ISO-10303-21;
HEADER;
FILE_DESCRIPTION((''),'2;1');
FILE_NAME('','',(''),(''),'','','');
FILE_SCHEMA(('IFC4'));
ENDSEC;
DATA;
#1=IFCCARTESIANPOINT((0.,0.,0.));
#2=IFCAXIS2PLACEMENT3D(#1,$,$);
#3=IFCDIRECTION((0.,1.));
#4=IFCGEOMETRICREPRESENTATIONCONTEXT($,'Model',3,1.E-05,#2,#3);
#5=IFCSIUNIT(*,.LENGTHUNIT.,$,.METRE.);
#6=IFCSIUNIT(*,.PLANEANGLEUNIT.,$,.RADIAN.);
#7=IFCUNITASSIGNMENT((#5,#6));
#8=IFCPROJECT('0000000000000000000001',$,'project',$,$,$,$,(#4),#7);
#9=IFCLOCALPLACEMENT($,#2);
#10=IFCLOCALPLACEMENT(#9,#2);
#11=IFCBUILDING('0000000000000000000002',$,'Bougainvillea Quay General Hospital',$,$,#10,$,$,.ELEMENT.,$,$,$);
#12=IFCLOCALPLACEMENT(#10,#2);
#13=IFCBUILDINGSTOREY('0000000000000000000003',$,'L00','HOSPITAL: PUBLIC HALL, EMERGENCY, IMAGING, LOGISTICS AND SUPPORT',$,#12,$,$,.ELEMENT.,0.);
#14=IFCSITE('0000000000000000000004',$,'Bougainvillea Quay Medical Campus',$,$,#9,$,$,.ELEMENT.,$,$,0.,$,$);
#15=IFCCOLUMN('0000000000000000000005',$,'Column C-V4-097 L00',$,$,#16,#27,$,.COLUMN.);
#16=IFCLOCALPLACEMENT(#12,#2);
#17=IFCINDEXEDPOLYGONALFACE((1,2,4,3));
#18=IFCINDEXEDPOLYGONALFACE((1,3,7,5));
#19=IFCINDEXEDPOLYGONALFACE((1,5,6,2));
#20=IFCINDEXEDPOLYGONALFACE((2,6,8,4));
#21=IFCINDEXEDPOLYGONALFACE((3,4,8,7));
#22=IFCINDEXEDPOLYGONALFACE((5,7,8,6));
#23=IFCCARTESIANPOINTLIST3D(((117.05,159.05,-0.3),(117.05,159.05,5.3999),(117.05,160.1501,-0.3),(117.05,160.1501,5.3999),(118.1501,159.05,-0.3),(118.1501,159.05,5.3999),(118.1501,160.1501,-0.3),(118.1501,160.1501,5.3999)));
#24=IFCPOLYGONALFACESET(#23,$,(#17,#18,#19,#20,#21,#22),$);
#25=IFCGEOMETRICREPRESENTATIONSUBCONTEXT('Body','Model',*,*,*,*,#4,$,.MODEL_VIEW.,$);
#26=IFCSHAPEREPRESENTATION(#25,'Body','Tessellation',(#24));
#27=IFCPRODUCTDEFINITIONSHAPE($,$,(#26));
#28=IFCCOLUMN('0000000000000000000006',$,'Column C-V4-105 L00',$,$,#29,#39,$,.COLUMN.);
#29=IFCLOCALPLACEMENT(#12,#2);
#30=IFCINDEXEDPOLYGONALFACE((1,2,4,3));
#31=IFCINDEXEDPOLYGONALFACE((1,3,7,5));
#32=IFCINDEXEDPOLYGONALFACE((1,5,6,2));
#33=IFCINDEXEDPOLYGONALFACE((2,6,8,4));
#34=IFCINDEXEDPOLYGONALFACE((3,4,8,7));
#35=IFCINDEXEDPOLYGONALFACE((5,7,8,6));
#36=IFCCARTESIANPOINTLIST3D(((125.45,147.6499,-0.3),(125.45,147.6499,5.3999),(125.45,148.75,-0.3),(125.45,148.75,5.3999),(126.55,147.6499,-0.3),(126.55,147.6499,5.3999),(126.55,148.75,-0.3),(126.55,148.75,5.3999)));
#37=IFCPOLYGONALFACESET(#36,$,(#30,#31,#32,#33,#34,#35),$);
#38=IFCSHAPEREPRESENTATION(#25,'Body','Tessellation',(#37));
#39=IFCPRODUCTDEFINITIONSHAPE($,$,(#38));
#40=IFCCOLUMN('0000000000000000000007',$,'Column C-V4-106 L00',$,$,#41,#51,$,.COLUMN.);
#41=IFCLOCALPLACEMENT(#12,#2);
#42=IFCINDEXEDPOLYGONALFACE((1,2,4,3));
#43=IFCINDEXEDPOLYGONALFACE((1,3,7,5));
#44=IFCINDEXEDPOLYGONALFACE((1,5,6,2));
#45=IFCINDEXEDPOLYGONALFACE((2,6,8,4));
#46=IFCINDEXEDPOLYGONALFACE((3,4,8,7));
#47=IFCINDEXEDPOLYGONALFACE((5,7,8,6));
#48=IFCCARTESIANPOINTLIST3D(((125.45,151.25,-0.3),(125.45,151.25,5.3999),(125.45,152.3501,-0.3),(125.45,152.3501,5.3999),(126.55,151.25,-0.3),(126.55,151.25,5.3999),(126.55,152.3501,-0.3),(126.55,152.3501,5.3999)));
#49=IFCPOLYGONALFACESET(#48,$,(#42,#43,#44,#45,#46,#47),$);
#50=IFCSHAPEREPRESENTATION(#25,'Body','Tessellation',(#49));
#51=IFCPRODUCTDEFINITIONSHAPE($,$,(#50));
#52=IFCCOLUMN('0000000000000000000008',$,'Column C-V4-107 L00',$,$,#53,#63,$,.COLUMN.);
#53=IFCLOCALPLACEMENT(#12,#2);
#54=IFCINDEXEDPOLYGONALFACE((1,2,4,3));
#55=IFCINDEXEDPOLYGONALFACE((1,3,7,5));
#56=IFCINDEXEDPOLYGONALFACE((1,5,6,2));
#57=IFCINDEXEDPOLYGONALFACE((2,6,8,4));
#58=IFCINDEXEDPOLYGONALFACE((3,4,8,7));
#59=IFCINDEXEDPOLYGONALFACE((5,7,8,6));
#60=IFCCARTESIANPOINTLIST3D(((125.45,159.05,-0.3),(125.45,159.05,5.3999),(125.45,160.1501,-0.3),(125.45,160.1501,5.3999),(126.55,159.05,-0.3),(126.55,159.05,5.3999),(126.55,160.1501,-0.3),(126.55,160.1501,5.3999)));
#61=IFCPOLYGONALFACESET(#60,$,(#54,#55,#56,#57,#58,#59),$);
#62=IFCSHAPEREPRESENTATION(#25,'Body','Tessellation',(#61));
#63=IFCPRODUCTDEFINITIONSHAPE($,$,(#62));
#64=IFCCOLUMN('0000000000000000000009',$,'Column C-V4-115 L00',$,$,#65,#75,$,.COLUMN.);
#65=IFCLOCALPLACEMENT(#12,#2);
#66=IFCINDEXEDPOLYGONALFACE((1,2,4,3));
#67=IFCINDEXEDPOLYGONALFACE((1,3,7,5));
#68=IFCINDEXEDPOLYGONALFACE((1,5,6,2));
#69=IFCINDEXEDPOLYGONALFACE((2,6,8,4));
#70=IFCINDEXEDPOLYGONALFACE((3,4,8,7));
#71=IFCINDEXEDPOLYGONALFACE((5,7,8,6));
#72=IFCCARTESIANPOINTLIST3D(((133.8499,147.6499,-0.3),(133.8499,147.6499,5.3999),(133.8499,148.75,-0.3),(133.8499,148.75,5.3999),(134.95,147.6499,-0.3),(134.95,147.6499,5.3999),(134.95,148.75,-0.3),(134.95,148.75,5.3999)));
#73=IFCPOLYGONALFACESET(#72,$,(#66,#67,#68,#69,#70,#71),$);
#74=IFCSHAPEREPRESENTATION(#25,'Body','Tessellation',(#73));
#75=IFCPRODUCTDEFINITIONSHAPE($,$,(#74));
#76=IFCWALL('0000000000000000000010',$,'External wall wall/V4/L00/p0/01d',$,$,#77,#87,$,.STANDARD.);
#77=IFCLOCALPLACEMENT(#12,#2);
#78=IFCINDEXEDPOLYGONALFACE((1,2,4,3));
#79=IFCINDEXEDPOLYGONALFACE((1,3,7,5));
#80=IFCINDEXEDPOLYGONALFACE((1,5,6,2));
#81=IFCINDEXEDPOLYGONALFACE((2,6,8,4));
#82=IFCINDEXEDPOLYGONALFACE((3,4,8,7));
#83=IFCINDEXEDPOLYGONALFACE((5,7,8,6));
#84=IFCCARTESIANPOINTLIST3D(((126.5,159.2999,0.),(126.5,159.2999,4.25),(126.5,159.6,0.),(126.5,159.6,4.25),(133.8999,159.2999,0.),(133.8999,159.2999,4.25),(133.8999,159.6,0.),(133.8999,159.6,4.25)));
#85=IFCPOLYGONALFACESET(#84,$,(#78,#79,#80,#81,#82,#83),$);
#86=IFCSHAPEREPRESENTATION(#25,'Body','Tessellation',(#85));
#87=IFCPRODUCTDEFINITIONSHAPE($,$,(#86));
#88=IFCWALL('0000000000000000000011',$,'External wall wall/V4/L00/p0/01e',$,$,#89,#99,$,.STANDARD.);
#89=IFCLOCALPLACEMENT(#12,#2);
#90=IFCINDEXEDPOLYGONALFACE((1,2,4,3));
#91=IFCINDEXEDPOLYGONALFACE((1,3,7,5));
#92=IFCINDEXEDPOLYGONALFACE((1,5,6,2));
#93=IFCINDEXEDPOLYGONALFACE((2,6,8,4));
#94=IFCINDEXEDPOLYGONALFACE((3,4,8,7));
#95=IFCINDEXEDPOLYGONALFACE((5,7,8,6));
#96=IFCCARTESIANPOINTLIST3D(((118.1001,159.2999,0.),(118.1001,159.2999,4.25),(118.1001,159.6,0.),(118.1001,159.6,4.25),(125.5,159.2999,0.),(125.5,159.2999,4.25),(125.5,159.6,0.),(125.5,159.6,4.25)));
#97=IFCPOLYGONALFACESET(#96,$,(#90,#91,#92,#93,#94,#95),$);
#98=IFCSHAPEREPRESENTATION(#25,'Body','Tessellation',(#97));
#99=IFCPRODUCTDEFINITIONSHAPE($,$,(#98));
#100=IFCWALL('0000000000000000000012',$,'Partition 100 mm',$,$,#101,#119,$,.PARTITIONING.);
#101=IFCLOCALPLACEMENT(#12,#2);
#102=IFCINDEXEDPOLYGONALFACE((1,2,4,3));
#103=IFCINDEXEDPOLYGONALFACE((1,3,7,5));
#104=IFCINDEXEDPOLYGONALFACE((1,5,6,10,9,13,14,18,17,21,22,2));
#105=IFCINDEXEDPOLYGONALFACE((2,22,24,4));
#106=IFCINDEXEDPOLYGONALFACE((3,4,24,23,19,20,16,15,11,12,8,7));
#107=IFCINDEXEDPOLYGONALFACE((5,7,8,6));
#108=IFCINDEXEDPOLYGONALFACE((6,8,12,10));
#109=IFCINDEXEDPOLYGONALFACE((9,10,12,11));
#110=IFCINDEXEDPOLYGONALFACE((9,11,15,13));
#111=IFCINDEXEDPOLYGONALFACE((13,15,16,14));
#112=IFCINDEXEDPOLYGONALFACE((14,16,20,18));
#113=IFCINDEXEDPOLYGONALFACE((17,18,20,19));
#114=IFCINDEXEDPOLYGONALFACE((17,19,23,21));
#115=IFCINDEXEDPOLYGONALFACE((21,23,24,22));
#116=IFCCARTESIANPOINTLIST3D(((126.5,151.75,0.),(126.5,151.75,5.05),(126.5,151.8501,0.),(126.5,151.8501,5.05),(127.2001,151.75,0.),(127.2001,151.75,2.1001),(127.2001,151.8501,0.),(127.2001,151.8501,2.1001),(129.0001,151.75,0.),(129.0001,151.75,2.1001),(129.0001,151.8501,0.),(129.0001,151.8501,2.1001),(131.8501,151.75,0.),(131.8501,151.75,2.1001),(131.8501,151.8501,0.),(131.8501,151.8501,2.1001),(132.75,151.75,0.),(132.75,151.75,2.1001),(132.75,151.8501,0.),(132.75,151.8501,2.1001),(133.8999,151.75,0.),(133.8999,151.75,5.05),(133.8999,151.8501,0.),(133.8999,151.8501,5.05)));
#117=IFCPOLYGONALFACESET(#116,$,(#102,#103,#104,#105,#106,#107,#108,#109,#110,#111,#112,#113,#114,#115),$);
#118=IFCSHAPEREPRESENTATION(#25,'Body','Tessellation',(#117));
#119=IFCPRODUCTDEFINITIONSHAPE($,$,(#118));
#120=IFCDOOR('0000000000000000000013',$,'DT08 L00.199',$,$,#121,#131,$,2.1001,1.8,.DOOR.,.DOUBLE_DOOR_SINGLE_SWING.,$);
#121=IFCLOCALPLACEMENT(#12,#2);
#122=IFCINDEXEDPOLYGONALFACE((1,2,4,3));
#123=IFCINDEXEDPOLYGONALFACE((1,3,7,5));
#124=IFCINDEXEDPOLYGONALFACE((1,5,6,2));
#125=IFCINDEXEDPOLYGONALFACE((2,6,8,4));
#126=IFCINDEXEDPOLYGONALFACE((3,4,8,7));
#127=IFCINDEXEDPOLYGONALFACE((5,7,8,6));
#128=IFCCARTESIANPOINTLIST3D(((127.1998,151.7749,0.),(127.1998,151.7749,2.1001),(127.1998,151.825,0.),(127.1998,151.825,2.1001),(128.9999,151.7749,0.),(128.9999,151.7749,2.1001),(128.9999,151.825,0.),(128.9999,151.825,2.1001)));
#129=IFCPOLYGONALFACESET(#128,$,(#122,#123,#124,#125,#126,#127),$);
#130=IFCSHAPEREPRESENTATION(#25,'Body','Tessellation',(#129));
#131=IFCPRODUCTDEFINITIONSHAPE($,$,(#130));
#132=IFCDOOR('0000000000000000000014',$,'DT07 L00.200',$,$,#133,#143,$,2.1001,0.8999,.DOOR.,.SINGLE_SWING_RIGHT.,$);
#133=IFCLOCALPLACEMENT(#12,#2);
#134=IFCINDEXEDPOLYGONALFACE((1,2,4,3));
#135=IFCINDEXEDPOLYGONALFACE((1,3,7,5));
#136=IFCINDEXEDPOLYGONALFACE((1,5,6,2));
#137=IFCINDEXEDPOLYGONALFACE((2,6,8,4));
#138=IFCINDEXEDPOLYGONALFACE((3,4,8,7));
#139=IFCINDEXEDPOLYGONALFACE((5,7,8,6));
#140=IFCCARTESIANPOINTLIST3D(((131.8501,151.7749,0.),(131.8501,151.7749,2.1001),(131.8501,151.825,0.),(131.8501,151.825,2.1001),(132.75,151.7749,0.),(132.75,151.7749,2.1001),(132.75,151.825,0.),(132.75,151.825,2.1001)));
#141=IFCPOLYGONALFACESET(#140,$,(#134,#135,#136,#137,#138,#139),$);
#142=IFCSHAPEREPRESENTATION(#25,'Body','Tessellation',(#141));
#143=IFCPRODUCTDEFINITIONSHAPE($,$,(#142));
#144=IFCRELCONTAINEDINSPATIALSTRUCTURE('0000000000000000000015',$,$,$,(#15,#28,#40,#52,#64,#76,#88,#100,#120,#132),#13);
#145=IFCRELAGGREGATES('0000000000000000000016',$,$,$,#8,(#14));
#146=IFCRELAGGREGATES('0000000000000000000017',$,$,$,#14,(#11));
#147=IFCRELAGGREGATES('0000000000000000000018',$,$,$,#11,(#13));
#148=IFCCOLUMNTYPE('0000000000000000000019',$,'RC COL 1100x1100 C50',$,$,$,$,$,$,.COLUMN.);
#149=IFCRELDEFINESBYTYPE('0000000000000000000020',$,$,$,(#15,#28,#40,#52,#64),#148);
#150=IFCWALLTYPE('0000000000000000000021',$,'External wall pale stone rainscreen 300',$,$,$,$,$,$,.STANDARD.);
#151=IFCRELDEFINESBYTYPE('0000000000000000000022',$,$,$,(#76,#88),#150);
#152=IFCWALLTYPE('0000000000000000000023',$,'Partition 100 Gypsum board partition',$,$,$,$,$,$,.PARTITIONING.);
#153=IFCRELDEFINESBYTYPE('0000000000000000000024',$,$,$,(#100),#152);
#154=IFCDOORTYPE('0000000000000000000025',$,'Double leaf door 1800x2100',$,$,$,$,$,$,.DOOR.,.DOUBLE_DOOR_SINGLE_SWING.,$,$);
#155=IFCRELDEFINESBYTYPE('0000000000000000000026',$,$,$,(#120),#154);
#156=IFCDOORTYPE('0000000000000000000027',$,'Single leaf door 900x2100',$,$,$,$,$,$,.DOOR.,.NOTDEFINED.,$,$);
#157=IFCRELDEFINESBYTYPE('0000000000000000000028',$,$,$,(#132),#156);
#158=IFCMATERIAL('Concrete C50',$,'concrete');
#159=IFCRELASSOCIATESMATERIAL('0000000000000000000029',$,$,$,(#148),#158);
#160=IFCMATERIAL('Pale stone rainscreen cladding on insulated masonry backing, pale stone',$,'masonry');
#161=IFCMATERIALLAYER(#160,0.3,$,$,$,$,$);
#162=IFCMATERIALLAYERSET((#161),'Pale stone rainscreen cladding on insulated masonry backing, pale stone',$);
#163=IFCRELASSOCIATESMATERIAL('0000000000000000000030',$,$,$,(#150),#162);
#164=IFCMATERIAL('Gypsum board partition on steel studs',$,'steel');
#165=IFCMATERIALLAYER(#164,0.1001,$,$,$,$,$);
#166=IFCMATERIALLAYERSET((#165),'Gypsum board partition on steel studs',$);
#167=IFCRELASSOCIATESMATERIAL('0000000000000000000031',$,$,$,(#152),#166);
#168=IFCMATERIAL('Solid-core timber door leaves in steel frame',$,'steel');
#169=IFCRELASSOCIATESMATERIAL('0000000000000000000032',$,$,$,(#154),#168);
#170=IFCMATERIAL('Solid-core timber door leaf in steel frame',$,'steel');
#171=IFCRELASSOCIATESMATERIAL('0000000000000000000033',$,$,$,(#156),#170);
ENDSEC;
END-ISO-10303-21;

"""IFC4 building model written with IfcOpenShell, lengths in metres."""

from ifc_helpers import new_model, si_unit, direction, frame, frame_2d, origin, origin_2d, place, context, subcontext, project, spatial, rectangle, extrude, material, layer, layer_set, material_profile, profile_set, type_object, element, fill, save


model = new_model("IFC4")

# Units and contexts
model_context = context("Model", 3, precision=1e-05, world=origin(), true_north=direction((0.0, 1.0)))
body_context = subcontext(model_context, "Body", "Model", "MODEL_VIEW")
ifc_project = project(units=[si_unit("LENGTHUNIT", "METRE"), si_unit("PLANEANGLEUNIT", "RADIAN")], contexts=[model_context])

# Site, building, storey
site_placement = place(None, origin())
site = spatial("IfcSite", under=ifc_project, at=site_placement, Name="Bougainvillea Quay Medical Campus", CompositionType="ELEMENT", RefElevation=0.0)
building_placement = place(site_placement, origin())
building = spatial("IfcBuilding", under=site, at=building_placement, Name="Bougainvillea Quay General Hospital", CompositionType="ELEMENT")
storey_placement = place(building_placement, origin())
storey = spatial("IfcBuildingStorey", under=building, at=storey_placement, Name="L00", Description="HOSPITAL: PUBLIC HALL, EMERGENCY, IMAGING, LOGISTICS AND SUPPORT", CompositionType="ELEMENT", Elevation=0.0)

# Columns
ifc_material_1 = material(Name="Concrete C50", Category="concrete")
ifc_material_profile_1 = material_profile(ifc_material_1, rectangle(XDim=1.1001, YDim=1.1001, at=origin_2d()))
ifc_profile_set_1 = profile_set([ifc_material_profile_1], Name="Concrete C50")
column_type = type_object("IfcColumnType", Name="RC COL 1100x1100 C50", PredefinedType="COLUMN", material=ifc_profile_set_1)
for number, where, z_axis, x_axis, name in (
    (1, (117.6001, 159.6001, -0.3), (0.0, 0.0, 1.0), (1.0, 0.0, 0.0), "Column C-V4-097 L00"),
    (2, (126.0, 148.2, -0.3), (0.0, 0.0, 1.0), (1.0, 0.0, 0.0), "Column C-V4-105 L00"),
    (3, (126.0, 151.8, -0.3), (0.0, 0.0, 1.0), (1.0, 0.0, 0.0), "Column C-V4-106 L00"),
    (4, (126.0, 159.6001, -0.3), (0.0, 0.0, 1.0), (1.0, 0.0, 0.0), "Column C-V4-107 L00"),
    (5, (134.3999, 148.2, -0.3), (0.0, 0.0, 1.0), (1.0, 0.0, 0.0), "Column C-V4-115 L00"),
):
    element("IfcColumn", number, at=place(storey_placement, frame(where, z_axis=z_axis, x_axis=x_axis)), inside=storey, type_object=column_type, Name=name, PredefinedType="COLUMN", context=body_context, shape_type="SweptSolid", body=[
        extrude(rectangle(XDim=1.1001, YDim=1.1001, at=origin_2d()), origin(), (0.0, 0.0, 1.0), 5.7),
    ])

# Walls
ifc_material_2 = material(Name="Pale stone rainscreen cladding on insulated masonry backing, pale stone", Category="masonry")
ifc_layer_1 = layer(ifc_material_2, 0.3)
ifc_layer_set_1 = layer_set([ifc_layer_1], Name="Pale stone rainscreen cladding on insulated masonry backing, pale stone")
wall_type_1 = type_object("IfcWallType", Name="External wall pale stone rainscreen 300", PredefinedType="STANDARD", material=ifc_layer_set_1)
for number, where, z_axis, x_axis, name in (
    (6, (133.8999, 159.45, 0.0), (0.0, 0.0, 1.0), (-1.0, 0.0, 0.0), "External wall wall/V4/L00/p0/01d"),
    (7, (125.5, 159.45, 0.0), (0.0, 0.0, 1.0), (-1.0, 0.0, 0.0), "External wall wall/V4/L00/p0/01e"),
):
    element("IfcWall", number, at=place(storey_placement, frame(where, z_axis=z_axis, x_axis=x_axis)), inside=storey, type_object=wall_type_1, Name=name, PredefinedType="STANDARD", context=body_context, shape_type="SweptSolid", body=[
        extrude(rectangle(XDim=7.3999, YDim=0.3, at=frame_2d((3.7, 0.0))), origin(), (0.0, 0.0, 1.0), 4.25),
    ])

# Wall, openings, doors
ifc_material_3 = material(Name="Gypsum board partition on steel studs", Category="steel")
ifc_layer_2 = layer(ifc_material_3, 0.1001)
ifc_layer_set_2 = layer_set([ifc_layer_2], Name="Gypsum board partition on steel studs")
wall_type_2 = type_object("IfcWallType", Name="Partition 100 Gypsum board partition", PredefinedType="PARTITIONING", material=ifc_layer_set_2)
wall_1_placement = place(storey_placement, frame((133.8999, 151.8, 0.0), z_axis=(0.0, 0.0, 1.0), x_axis=(-1.0, 0.0, 0.0)))
wall_1 = element("IfcWall", 8, at=wall_1_placement, inside=storey, type_object=wall_type_2, Name="Partition 100 mm", PredefinedType="PARTITIONING", context=body_context, shape_type="SweptSolid", body=[
    extrude(rectangle(XDim=7.3999, YDim=0.1001, at=frame_2d((3.7, 0.0))), origin(), (0.0, 0.0, 1.0), 5.05),
])
opening_1_placement = place(wall_1_placement, frame((4.8999, 0.0, 0.0)))
opening_1 = element("IfcOpeningElement", 9, at=opening_1_placement, cuts=wall_1, PredefinedType="OPENING", context=body_context, shape_type="SweptSolid", body=[
    extrude(rectangle(XDim=1.8, YDim=2.1001, at=frame_2d((0.8999, 1.05))), frame((0.0, 0.0601, 0.0), z_axis=(0.0, -1.0, 0.0), x_axis=(1.0, 0.0, 0.0)), (0.0, 0.0, 1.0), 0.1201),
])
opening_2_placement = place(wall_1_placement, frame((1.1499, 0.0, 0.0)))
opening_2 = element("IfcOpeningElement", 10, at=opening_2_placement, cuts=wall_1, PredefinedType="OPENING", context=body_context, shape_type="SweptSolid", body=[
    extrude(rectangle(XDim=0.8999, YDim=2.1001, at=frame_2d((0.45, 1.05))), frame((0.0, 0.0601, 0.0), z_axis=(0.0, -1.0, 0.0), x_axis=(1.0, 0.0, 0.0)), (0.0, 0.0, 1.0), 0.1201),
])
ifc_material_4 = material(Name="Solid-core timber door leaves in steel frame", Category="steel")
door_type_1 = type_object("IfcDoorType", Name="Double leaf door 1800x2100", OperationType="DOUBLE_DOOR_SINGLE_SWING", PredefinedType="DOOR", material=ifc_material_4)
door_1_placement = place(opening_1_placement, frame((1.8, 0.0, 0.0), z_axis=(0.0, 0.0, 1.0), x_axis=(-1.0, 0.0, 0.0)))
door_1 = element("IfcDoor", 11, at=door_1_placement, inside=storey, type_object=door_type_1, Name="DT08 L00.199", OperationType="DOUBLE_DOOR_SINGLE_SWING", OverallHeight=2.1001, OverallWidth=1.8, PredefinedType="DOOR", context=body_context, shape_type="SweptSolid", body=[
    extrude(rectangle(XDim=1.8, YDim=2.1001, at=frame_2d((0.8999, 1.05))), frame((0.0, 0.0249, 0.0), z_axis=(0.0, -1.0, 0.0), x_axis=(1.0, 0.0, 0.0)), (0.0, 0.0, 1.0), 0.05),
])
fill(opening_1, door_1)
ifc_material_5 = material(Name="Solid-core timber door leaf in steel frame", Category="steel")
door_type_2 = type_object("IfcDoorType", Name="Single leaf door 900x2100", OperationType="NOTDEFINED", PredefinedType="DOOR", material=ifc_material_5)
door_2_placement = place(opening_2_placement, frame((0.8999, 0.0, 0.0), z_axis=(0.0, 0.0, 1.0), x_axis=(-1.0, 0.0, 0.0)))
door_2 = element("IfcDoor", 12, at=door_2_placement, inside=storey, type_object=door_type_2, Name="DT07 L00.200", OperationType="SINGLE_SWING_RIGHT", OverallHeight=2.1001, OverallWidth=0.8999, PredefinedType="DOOR", context=body_context, shape_type="SweptSolid", body=[
    extrude(rectangle(XDim=0.8999, YDim=2.1001, at=frame_2d((0.45, 1.05))), frame((0.0, 0.0249, 0.0), z_axis=(0.0, -1.0, 0.0), x_axis=(1.0, 0.0, 0.0)), (0.0, 0.0, 1.0), 0.05),
])
fill(opening_2, door_2)

save(model, "model.ifc")
